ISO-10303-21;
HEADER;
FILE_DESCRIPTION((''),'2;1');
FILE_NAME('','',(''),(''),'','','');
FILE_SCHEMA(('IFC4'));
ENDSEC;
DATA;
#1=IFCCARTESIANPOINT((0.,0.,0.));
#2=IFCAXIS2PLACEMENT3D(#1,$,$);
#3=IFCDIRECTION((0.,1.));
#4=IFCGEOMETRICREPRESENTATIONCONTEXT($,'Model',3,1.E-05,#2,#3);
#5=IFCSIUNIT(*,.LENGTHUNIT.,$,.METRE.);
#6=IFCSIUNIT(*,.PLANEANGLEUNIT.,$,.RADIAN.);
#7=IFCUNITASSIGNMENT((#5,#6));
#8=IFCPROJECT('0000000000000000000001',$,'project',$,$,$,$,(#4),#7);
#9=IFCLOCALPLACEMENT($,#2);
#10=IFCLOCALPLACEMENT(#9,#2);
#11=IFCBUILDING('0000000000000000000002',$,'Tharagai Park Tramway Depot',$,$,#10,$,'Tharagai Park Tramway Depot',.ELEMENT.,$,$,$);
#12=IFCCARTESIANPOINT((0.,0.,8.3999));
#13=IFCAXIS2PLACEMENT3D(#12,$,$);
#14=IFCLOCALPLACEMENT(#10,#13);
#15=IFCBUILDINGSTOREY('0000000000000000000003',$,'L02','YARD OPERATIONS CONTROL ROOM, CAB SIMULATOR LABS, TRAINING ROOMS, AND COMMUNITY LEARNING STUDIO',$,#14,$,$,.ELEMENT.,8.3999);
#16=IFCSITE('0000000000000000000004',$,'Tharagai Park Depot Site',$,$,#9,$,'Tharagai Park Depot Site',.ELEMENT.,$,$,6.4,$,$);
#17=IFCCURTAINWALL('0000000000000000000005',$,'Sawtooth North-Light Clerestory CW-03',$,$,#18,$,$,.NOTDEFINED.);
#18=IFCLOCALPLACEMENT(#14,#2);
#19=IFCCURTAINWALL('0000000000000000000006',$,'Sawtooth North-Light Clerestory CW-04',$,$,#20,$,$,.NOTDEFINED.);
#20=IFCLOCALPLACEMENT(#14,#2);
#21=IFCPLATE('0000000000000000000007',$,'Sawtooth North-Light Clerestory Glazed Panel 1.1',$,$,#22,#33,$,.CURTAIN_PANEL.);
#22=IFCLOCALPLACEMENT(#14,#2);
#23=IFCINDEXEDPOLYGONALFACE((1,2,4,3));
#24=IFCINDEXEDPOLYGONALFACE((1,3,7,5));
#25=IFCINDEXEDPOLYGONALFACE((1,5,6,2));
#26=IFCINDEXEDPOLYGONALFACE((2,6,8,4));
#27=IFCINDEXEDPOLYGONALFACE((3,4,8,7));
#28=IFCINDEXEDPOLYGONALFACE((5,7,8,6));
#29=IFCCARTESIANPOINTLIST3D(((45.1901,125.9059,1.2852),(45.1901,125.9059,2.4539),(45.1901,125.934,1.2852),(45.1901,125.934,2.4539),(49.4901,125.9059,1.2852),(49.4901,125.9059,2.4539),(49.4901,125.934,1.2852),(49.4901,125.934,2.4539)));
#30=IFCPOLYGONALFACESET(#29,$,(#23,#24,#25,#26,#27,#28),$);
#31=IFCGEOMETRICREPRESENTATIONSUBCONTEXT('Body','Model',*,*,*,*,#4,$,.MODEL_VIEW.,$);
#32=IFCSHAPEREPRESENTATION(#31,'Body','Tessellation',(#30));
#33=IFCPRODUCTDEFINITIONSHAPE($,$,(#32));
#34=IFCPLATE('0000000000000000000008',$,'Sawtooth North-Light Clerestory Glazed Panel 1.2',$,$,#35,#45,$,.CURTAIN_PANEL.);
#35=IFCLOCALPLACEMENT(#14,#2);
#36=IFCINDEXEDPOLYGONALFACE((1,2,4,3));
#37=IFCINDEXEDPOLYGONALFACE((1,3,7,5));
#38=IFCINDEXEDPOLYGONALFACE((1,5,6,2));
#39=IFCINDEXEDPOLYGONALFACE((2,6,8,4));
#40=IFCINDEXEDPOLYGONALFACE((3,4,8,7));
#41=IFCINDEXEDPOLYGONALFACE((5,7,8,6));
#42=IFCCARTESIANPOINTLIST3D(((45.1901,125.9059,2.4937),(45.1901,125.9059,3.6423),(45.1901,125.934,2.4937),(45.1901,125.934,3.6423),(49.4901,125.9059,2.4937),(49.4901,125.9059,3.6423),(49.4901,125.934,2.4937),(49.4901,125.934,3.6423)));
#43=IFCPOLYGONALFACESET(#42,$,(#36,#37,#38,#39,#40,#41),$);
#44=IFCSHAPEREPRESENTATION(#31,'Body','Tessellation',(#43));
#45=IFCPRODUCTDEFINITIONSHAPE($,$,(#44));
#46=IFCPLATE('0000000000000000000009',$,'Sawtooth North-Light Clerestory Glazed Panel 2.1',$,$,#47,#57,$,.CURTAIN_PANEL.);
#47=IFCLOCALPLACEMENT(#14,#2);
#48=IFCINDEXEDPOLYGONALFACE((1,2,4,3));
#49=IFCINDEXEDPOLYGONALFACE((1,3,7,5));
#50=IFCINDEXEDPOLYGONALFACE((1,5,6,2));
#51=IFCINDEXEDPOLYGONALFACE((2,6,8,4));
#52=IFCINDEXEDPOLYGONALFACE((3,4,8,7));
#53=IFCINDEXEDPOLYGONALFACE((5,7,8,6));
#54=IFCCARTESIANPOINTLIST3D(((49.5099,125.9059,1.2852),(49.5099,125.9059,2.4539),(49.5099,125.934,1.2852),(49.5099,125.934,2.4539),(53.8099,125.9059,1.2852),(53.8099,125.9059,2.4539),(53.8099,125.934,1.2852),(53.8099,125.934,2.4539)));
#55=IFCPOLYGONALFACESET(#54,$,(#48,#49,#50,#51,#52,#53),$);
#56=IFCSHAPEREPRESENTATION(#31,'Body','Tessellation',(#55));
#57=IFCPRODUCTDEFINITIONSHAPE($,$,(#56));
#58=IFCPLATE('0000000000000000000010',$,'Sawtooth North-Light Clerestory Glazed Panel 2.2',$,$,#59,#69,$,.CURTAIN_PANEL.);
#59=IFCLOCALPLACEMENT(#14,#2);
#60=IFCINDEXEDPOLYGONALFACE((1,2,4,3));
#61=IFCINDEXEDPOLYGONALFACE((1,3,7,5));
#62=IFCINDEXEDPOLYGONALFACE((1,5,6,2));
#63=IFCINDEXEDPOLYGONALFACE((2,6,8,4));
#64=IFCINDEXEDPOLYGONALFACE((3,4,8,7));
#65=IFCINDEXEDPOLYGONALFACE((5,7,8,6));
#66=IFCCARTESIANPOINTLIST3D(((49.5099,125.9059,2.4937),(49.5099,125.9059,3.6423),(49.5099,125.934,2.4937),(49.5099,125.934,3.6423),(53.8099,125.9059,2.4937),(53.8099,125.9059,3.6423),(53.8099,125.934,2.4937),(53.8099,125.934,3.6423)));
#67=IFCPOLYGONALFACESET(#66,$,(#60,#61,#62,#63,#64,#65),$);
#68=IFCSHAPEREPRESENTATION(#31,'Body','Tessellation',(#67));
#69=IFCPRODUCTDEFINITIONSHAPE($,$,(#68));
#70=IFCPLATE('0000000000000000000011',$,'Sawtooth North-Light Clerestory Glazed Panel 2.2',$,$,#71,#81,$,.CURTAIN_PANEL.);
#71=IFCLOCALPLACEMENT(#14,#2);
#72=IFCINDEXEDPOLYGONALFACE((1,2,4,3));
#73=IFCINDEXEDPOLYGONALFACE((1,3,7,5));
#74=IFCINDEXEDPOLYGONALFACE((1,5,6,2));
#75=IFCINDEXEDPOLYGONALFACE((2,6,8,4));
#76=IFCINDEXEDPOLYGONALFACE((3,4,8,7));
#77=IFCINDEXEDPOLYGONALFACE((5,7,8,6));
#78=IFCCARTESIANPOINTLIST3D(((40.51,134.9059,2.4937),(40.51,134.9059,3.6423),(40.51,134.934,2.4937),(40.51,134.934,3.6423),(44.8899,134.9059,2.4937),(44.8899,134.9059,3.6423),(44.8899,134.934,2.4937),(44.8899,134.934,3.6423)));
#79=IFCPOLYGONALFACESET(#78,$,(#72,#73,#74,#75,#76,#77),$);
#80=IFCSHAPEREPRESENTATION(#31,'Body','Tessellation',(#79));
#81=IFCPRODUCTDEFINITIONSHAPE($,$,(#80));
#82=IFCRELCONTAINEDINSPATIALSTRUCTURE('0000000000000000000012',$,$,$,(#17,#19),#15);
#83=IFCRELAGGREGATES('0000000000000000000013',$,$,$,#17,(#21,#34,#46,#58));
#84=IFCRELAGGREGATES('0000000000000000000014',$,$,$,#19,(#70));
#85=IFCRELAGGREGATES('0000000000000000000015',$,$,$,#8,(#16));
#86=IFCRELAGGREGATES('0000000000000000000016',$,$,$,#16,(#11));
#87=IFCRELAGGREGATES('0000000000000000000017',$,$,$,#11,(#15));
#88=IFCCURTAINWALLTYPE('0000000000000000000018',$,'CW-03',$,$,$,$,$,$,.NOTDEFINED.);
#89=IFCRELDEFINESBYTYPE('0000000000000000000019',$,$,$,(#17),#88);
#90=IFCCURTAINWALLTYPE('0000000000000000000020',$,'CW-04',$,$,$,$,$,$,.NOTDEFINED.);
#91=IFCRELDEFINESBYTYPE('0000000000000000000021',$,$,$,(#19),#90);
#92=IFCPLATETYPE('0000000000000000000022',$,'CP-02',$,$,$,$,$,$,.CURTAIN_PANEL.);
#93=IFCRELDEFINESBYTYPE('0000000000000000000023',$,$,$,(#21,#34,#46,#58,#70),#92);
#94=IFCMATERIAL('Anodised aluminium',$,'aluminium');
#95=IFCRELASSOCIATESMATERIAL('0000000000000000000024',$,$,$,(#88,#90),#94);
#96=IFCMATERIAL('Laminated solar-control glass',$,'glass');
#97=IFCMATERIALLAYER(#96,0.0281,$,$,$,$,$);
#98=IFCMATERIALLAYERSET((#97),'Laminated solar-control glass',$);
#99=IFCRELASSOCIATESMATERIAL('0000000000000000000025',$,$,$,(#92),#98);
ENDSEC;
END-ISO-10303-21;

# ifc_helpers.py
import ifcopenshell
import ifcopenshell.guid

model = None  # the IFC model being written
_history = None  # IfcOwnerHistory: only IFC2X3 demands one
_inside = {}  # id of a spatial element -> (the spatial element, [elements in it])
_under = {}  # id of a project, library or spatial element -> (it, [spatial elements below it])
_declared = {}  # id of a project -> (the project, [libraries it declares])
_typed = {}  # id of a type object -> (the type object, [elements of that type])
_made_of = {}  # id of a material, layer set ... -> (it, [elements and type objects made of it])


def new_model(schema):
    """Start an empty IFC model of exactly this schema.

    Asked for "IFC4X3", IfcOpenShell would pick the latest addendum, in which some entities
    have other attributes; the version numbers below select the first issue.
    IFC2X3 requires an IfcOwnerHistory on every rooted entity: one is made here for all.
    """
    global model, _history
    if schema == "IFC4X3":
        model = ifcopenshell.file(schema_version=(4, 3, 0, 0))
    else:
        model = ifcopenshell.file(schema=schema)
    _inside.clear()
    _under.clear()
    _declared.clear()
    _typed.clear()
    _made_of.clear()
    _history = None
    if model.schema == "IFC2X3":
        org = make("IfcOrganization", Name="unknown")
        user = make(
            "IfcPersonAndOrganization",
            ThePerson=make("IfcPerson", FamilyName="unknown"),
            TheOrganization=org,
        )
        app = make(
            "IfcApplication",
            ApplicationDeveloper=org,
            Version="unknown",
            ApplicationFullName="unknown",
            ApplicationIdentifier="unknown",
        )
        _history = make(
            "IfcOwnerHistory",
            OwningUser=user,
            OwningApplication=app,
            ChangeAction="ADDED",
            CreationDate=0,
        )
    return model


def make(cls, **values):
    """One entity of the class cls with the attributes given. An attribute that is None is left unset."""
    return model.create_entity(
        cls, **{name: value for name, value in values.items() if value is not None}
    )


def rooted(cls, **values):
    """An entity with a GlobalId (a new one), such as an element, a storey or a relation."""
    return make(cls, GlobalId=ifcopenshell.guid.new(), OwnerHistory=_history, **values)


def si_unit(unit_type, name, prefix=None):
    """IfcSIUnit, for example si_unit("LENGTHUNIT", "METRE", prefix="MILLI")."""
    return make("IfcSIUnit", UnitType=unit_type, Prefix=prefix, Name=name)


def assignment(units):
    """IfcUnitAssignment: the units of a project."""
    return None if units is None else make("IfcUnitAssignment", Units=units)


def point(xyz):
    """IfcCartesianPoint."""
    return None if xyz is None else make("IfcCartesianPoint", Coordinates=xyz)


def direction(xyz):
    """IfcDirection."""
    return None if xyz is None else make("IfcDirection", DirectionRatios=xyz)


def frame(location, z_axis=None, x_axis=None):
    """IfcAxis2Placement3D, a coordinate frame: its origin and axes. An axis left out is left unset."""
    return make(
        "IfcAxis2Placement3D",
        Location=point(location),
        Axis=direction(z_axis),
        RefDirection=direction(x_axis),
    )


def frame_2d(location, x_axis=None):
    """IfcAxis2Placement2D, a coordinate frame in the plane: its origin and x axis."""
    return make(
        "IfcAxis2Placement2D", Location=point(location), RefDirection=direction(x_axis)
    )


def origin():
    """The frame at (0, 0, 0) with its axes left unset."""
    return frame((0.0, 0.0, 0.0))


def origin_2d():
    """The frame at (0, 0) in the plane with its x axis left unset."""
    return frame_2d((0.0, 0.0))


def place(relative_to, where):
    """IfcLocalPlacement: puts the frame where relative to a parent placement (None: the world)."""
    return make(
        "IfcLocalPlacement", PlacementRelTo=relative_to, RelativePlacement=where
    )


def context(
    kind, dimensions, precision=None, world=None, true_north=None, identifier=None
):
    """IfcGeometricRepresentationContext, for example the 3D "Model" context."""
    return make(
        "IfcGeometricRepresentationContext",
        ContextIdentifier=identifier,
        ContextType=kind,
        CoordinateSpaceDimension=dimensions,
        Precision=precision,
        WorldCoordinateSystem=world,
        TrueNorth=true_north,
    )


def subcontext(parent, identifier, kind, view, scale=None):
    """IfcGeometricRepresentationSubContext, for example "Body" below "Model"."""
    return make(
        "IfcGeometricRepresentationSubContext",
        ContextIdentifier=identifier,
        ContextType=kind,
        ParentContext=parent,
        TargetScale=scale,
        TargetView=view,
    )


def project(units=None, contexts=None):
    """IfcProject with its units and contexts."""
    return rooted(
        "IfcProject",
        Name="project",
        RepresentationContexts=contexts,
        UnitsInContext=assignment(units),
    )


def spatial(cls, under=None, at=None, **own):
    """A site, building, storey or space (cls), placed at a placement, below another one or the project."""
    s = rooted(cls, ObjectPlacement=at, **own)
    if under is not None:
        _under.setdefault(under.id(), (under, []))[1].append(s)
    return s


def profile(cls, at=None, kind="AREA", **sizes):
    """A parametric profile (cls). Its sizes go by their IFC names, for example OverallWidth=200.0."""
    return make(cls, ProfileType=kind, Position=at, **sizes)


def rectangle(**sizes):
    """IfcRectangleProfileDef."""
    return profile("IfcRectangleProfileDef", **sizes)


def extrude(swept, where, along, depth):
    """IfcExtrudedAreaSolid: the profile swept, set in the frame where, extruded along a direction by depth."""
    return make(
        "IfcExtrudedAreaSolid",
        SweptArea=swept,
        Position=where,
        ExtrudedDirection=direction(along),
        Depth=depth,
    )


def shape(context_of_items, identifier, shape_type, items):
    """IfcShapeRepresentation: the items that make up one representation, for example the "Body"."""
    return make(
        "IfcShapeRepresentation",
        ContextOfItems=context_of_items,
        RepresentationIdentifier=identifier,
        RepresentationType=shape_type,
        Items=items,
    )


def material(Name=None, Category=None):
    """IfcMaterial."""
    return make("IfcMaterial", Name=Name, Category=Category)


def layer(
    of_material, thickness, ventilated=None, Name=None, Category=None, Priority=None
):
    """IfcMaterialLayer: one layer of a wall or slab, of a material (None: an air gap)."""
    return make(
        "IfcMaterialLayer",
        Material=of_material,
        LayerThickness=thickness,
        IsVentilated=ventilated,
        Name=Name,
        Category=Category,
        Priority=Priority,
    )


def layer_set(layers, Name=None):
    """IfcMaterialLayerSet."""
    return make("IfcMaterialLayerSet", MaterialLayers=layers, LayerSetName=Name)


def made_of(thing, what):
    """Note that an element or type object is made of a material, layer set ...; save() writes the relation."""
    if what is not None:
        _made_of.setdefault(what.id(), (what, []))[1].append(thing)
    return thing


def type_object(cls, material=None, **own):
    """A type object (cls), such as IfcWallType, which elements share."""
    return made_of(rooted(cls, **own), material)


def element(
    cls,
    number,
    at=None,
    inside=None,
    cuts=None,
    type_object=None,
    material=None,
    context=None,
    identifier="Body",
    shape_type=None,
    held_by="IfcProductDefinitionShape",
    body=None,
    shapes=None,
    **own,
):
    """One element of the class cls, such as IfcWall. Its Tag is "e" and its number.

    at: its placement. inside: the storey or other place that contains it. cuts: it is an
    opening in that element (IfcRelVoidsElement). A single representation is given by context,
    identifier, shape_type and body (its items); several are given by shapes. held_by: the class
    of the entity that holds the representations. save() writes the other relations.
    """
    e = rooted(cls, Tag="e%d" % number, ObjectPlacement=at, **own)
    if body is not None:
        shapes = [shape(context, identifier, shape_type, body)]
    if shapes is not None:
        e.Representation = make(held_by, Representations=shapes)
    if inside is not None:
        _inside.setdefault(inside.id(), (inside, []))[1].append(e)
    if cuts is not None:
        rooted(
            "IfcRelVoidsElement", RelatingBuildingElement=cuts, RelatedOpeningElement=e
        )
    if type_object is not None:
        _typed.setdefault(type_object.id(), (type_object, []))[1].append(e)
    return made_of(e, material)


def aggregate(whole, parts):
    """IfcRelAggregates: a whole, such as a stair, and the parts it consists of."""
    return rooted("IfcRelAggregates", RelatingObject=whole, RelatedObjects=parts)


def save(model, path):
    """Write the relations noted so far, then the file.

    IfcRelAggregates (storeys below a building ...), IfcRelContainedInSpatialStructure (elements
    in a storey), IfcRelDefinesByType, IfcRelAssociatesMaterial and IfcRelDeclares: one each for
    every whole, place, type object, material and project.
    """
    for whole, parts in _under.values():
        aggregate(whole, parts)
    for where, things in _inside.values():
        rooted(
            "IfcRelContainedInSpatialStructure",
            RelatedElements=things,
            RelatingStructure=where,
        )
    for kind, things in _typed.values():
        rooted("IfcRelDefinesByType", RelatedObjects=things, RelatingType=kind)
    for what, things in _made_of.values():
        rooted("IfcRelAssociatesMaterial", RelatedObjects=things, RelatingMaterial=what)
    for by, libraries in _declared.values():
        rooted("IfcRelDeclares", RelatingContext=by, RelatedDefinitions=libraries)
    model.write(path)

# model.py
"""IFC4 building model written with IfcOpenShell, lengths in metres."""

from ifc_helpers import new_model, si_unit, direction, frame, origin, origin_2d, place, context, subcontext, project, spatial, rectangle, extrude, material, layer, layer_set, type_object, element, aggregate, save


model = new_model("IFC4")

# Units and contexts
model_context = context("Model", 3, precision=1e-05, world=origin(), true_north=direction((0.0, 1.0)))
body_context = subcontext(model_context, "Body", "Model", "MODEL_VIEW")
ifc_project = project(units=[si_unit("LENGTHUNIT", "METRE"), si_unit("PLANEANGLEUNIT", "RADIAN")], contexts=[model_context])

# Site, building, storey
site_placement = place(None, origin())
site = spatial("IfcSite", under=ifc_project, at=site_placement, Name="Tharagai Park Depot Site", LongName="Tharagai Park Depot Site", CompositionType="ELEMENT", RefElevation=6.4)
building_placement = place(site_placement, origin())
building = spatial("IfcBuilding", under=site, at=building_placement, Name="Tharagai Park Tramway Depot", LongName="Tharagai Park Tramway Depot", CompositionType="ELEMENT")
storey_placement = place(building_placement, frame((0.0, 0.0, 8.3999)))
storey = spatial("IfcBuildingStorey", under=building, at=storey_placement, Name="L02", Description="YARD OPERATIONS CONTROL ROOM, CAB SIMULATOR LABS, TRAINING ROOMS, AND COMMUNITY LEARNING STUDIO", CompositionType="ELEMENT", Elevation=8.3999)

# Curtain wall
ifc_material_1 = material(Name="Anodised aluminium", Category="aluminium")
curtain_wall_type_1 = type_object("IfcCurtainWallType", Name="CW-03", PredefinedType="NOTDEFINED", material=ifc_material_1)
curtain_wall_1_placement = place(storey_placement, origin())
curtain_wall_1 = element("IfcCurtainWall", 1, at=curtain_wall_1_placement, inside=storey, type_object=curtain_wall_type_1, Name="Sawtooth North-Light Clerestory CW-03", PredefinedType="NOTDEFINED")

# Shared definitions
curtain_wall_type_2 = type_object("IfcCurtainWallType", Name="CW-04", PredefinedType="NOTDEFINED", material=ifc_material_1)

# Curtain wall
curtain_wall_2_placement = place(storey_placement, origin())
curtain_wall_2 = element("IfcCurtainWall", 2, at=curtain_wall_2_placement, inside=storey, type_object=curtain_wall_type_2, Name="Sawtooth North-Light Clerestory CW-04", PredefinedType="NOTDEFINED")

# Plates
ifc_material_2 = material(Name="Laminated solar-control glass", Category="glass")
ifc_layer = layer(ifc_material_2, 0.0281)
ifc_layer_set = layer_set([ifc_layer], Name="Laminated solar-control glass")
plate_type = type_object("IfcPlateType", Name="CP-02", PredefinedType="CURTAIN_PANEL", material=ifc_layer_set)
plate_1_placement = place(storey_placement, frame((47.3401, 125.9199, 1.2852), z_axis=(0.0, 0.0, 1.0), x_axis=(1.0, 0.0, 0.0)))
plate_1 = element("IfcPlate", 3, at=plate_1_placement, type_object=plate_type, Name="Sawtooth North-Light Clerestory Glazed Panel 1.1", PredefinedType="CURTAIN_PANEL", context=body_context, shape_type="SweptSolid", body=[
    extrude(rectangle(XDim=4.3, YDim=0.0281, at=origin_2d()), origin(), (0.0, 0.0, 1.0), 1.1687),
])
plate_2_placement = place(storey_placement, frame((47.3401, 125.9199, 2.4937), z_axis=(0.0, 0.0, 1.0), x_axis=(1.0, 0.0, 0.0)))
plate_2 = element("IfcPlate", 4, at=plate_2_placement, type_object=plate_type, Name="Sawtooth North-Light Clerestory Glazed Panel 1.2", PredefinedType="CURTAIN_PANEL", context=body_context, shape_type="SweptSolid", body=[
    extrude(rectangle(XDim=4.3, YDim=0.0281, at=origin_2d()), origin(), (0.0, 0.0, 1.0), 1.1487),
])
plate_3_placement = place(storey_placement, frame((51.6599, 125.9199, 1.2852), z_axis=(0.0, 0.0, 1.0), x_axis=(1.0, 0.0, 0.0)))
plate_3 = element("IfcPlate", 5, at=plate_3_placement, type_object=plate_type, Name="Sawtooth North-Light Clerestory Glazed Panel 2.1", PredefinedType="CURTAIN_PANEL", context=body_context, shape_type="SweptSolid", body=[
    extrude(rectangle(XDim=4.3, YDim=0.0281, at=origin_2d()), origin(), (0.0, 0.0, 1.0), 1.1687),
])
plate_4_placement = place(storey_placement, frame((51.6599, 125.9199, 2.4937), z_axis=(0.0, 0.0, 1.0), x_axis=(1.0, 0.0, 0.0)))
plate_4 = element("IfcPlate", 6, at=plate_4_placement, type_object=plate_type, Name="Sawtooth North-Light Clerestory Glazed Panel 2.2", PredefinedType="CURTAIN_PANEL", context=body_context, shape_type="SweptSolid", body=[
    extrude(rectangle(XDim=4.3, YDim=0.0281, at=origin_2d()), origin(), (0.0, 0.0, 1.0), 1.1487),
])
aggregate(curtain_wall_1, [plate_1, plate_2, plate_3, plate_4])
plate_5_placement = place(storey_placement, frame((42.7, 134.9199, 2.4937), z_axis=(0.0, 0.0, 1.0), x_axis=(1.0, 0.0, 0.0)))
plate_5 = element("IfcPlate", 7, at=plate_5_placement, type_object=plate_type, Name="Sawtooth North-Light Clerestory Glazed Panel 2.2", PredefinedType="CURTAIN_PANEL", context=body_context, shape_type="SweptSolid", body=[
    extrude(rectangle(XDim=4.3799, YDim=0.0281, at=origin_2d()), origin(), (0.0, 0.0, 1.0), 1.1487),
])
aggregate(curtain_wall_2, [plate_5])

save(model, "model.ifc")
